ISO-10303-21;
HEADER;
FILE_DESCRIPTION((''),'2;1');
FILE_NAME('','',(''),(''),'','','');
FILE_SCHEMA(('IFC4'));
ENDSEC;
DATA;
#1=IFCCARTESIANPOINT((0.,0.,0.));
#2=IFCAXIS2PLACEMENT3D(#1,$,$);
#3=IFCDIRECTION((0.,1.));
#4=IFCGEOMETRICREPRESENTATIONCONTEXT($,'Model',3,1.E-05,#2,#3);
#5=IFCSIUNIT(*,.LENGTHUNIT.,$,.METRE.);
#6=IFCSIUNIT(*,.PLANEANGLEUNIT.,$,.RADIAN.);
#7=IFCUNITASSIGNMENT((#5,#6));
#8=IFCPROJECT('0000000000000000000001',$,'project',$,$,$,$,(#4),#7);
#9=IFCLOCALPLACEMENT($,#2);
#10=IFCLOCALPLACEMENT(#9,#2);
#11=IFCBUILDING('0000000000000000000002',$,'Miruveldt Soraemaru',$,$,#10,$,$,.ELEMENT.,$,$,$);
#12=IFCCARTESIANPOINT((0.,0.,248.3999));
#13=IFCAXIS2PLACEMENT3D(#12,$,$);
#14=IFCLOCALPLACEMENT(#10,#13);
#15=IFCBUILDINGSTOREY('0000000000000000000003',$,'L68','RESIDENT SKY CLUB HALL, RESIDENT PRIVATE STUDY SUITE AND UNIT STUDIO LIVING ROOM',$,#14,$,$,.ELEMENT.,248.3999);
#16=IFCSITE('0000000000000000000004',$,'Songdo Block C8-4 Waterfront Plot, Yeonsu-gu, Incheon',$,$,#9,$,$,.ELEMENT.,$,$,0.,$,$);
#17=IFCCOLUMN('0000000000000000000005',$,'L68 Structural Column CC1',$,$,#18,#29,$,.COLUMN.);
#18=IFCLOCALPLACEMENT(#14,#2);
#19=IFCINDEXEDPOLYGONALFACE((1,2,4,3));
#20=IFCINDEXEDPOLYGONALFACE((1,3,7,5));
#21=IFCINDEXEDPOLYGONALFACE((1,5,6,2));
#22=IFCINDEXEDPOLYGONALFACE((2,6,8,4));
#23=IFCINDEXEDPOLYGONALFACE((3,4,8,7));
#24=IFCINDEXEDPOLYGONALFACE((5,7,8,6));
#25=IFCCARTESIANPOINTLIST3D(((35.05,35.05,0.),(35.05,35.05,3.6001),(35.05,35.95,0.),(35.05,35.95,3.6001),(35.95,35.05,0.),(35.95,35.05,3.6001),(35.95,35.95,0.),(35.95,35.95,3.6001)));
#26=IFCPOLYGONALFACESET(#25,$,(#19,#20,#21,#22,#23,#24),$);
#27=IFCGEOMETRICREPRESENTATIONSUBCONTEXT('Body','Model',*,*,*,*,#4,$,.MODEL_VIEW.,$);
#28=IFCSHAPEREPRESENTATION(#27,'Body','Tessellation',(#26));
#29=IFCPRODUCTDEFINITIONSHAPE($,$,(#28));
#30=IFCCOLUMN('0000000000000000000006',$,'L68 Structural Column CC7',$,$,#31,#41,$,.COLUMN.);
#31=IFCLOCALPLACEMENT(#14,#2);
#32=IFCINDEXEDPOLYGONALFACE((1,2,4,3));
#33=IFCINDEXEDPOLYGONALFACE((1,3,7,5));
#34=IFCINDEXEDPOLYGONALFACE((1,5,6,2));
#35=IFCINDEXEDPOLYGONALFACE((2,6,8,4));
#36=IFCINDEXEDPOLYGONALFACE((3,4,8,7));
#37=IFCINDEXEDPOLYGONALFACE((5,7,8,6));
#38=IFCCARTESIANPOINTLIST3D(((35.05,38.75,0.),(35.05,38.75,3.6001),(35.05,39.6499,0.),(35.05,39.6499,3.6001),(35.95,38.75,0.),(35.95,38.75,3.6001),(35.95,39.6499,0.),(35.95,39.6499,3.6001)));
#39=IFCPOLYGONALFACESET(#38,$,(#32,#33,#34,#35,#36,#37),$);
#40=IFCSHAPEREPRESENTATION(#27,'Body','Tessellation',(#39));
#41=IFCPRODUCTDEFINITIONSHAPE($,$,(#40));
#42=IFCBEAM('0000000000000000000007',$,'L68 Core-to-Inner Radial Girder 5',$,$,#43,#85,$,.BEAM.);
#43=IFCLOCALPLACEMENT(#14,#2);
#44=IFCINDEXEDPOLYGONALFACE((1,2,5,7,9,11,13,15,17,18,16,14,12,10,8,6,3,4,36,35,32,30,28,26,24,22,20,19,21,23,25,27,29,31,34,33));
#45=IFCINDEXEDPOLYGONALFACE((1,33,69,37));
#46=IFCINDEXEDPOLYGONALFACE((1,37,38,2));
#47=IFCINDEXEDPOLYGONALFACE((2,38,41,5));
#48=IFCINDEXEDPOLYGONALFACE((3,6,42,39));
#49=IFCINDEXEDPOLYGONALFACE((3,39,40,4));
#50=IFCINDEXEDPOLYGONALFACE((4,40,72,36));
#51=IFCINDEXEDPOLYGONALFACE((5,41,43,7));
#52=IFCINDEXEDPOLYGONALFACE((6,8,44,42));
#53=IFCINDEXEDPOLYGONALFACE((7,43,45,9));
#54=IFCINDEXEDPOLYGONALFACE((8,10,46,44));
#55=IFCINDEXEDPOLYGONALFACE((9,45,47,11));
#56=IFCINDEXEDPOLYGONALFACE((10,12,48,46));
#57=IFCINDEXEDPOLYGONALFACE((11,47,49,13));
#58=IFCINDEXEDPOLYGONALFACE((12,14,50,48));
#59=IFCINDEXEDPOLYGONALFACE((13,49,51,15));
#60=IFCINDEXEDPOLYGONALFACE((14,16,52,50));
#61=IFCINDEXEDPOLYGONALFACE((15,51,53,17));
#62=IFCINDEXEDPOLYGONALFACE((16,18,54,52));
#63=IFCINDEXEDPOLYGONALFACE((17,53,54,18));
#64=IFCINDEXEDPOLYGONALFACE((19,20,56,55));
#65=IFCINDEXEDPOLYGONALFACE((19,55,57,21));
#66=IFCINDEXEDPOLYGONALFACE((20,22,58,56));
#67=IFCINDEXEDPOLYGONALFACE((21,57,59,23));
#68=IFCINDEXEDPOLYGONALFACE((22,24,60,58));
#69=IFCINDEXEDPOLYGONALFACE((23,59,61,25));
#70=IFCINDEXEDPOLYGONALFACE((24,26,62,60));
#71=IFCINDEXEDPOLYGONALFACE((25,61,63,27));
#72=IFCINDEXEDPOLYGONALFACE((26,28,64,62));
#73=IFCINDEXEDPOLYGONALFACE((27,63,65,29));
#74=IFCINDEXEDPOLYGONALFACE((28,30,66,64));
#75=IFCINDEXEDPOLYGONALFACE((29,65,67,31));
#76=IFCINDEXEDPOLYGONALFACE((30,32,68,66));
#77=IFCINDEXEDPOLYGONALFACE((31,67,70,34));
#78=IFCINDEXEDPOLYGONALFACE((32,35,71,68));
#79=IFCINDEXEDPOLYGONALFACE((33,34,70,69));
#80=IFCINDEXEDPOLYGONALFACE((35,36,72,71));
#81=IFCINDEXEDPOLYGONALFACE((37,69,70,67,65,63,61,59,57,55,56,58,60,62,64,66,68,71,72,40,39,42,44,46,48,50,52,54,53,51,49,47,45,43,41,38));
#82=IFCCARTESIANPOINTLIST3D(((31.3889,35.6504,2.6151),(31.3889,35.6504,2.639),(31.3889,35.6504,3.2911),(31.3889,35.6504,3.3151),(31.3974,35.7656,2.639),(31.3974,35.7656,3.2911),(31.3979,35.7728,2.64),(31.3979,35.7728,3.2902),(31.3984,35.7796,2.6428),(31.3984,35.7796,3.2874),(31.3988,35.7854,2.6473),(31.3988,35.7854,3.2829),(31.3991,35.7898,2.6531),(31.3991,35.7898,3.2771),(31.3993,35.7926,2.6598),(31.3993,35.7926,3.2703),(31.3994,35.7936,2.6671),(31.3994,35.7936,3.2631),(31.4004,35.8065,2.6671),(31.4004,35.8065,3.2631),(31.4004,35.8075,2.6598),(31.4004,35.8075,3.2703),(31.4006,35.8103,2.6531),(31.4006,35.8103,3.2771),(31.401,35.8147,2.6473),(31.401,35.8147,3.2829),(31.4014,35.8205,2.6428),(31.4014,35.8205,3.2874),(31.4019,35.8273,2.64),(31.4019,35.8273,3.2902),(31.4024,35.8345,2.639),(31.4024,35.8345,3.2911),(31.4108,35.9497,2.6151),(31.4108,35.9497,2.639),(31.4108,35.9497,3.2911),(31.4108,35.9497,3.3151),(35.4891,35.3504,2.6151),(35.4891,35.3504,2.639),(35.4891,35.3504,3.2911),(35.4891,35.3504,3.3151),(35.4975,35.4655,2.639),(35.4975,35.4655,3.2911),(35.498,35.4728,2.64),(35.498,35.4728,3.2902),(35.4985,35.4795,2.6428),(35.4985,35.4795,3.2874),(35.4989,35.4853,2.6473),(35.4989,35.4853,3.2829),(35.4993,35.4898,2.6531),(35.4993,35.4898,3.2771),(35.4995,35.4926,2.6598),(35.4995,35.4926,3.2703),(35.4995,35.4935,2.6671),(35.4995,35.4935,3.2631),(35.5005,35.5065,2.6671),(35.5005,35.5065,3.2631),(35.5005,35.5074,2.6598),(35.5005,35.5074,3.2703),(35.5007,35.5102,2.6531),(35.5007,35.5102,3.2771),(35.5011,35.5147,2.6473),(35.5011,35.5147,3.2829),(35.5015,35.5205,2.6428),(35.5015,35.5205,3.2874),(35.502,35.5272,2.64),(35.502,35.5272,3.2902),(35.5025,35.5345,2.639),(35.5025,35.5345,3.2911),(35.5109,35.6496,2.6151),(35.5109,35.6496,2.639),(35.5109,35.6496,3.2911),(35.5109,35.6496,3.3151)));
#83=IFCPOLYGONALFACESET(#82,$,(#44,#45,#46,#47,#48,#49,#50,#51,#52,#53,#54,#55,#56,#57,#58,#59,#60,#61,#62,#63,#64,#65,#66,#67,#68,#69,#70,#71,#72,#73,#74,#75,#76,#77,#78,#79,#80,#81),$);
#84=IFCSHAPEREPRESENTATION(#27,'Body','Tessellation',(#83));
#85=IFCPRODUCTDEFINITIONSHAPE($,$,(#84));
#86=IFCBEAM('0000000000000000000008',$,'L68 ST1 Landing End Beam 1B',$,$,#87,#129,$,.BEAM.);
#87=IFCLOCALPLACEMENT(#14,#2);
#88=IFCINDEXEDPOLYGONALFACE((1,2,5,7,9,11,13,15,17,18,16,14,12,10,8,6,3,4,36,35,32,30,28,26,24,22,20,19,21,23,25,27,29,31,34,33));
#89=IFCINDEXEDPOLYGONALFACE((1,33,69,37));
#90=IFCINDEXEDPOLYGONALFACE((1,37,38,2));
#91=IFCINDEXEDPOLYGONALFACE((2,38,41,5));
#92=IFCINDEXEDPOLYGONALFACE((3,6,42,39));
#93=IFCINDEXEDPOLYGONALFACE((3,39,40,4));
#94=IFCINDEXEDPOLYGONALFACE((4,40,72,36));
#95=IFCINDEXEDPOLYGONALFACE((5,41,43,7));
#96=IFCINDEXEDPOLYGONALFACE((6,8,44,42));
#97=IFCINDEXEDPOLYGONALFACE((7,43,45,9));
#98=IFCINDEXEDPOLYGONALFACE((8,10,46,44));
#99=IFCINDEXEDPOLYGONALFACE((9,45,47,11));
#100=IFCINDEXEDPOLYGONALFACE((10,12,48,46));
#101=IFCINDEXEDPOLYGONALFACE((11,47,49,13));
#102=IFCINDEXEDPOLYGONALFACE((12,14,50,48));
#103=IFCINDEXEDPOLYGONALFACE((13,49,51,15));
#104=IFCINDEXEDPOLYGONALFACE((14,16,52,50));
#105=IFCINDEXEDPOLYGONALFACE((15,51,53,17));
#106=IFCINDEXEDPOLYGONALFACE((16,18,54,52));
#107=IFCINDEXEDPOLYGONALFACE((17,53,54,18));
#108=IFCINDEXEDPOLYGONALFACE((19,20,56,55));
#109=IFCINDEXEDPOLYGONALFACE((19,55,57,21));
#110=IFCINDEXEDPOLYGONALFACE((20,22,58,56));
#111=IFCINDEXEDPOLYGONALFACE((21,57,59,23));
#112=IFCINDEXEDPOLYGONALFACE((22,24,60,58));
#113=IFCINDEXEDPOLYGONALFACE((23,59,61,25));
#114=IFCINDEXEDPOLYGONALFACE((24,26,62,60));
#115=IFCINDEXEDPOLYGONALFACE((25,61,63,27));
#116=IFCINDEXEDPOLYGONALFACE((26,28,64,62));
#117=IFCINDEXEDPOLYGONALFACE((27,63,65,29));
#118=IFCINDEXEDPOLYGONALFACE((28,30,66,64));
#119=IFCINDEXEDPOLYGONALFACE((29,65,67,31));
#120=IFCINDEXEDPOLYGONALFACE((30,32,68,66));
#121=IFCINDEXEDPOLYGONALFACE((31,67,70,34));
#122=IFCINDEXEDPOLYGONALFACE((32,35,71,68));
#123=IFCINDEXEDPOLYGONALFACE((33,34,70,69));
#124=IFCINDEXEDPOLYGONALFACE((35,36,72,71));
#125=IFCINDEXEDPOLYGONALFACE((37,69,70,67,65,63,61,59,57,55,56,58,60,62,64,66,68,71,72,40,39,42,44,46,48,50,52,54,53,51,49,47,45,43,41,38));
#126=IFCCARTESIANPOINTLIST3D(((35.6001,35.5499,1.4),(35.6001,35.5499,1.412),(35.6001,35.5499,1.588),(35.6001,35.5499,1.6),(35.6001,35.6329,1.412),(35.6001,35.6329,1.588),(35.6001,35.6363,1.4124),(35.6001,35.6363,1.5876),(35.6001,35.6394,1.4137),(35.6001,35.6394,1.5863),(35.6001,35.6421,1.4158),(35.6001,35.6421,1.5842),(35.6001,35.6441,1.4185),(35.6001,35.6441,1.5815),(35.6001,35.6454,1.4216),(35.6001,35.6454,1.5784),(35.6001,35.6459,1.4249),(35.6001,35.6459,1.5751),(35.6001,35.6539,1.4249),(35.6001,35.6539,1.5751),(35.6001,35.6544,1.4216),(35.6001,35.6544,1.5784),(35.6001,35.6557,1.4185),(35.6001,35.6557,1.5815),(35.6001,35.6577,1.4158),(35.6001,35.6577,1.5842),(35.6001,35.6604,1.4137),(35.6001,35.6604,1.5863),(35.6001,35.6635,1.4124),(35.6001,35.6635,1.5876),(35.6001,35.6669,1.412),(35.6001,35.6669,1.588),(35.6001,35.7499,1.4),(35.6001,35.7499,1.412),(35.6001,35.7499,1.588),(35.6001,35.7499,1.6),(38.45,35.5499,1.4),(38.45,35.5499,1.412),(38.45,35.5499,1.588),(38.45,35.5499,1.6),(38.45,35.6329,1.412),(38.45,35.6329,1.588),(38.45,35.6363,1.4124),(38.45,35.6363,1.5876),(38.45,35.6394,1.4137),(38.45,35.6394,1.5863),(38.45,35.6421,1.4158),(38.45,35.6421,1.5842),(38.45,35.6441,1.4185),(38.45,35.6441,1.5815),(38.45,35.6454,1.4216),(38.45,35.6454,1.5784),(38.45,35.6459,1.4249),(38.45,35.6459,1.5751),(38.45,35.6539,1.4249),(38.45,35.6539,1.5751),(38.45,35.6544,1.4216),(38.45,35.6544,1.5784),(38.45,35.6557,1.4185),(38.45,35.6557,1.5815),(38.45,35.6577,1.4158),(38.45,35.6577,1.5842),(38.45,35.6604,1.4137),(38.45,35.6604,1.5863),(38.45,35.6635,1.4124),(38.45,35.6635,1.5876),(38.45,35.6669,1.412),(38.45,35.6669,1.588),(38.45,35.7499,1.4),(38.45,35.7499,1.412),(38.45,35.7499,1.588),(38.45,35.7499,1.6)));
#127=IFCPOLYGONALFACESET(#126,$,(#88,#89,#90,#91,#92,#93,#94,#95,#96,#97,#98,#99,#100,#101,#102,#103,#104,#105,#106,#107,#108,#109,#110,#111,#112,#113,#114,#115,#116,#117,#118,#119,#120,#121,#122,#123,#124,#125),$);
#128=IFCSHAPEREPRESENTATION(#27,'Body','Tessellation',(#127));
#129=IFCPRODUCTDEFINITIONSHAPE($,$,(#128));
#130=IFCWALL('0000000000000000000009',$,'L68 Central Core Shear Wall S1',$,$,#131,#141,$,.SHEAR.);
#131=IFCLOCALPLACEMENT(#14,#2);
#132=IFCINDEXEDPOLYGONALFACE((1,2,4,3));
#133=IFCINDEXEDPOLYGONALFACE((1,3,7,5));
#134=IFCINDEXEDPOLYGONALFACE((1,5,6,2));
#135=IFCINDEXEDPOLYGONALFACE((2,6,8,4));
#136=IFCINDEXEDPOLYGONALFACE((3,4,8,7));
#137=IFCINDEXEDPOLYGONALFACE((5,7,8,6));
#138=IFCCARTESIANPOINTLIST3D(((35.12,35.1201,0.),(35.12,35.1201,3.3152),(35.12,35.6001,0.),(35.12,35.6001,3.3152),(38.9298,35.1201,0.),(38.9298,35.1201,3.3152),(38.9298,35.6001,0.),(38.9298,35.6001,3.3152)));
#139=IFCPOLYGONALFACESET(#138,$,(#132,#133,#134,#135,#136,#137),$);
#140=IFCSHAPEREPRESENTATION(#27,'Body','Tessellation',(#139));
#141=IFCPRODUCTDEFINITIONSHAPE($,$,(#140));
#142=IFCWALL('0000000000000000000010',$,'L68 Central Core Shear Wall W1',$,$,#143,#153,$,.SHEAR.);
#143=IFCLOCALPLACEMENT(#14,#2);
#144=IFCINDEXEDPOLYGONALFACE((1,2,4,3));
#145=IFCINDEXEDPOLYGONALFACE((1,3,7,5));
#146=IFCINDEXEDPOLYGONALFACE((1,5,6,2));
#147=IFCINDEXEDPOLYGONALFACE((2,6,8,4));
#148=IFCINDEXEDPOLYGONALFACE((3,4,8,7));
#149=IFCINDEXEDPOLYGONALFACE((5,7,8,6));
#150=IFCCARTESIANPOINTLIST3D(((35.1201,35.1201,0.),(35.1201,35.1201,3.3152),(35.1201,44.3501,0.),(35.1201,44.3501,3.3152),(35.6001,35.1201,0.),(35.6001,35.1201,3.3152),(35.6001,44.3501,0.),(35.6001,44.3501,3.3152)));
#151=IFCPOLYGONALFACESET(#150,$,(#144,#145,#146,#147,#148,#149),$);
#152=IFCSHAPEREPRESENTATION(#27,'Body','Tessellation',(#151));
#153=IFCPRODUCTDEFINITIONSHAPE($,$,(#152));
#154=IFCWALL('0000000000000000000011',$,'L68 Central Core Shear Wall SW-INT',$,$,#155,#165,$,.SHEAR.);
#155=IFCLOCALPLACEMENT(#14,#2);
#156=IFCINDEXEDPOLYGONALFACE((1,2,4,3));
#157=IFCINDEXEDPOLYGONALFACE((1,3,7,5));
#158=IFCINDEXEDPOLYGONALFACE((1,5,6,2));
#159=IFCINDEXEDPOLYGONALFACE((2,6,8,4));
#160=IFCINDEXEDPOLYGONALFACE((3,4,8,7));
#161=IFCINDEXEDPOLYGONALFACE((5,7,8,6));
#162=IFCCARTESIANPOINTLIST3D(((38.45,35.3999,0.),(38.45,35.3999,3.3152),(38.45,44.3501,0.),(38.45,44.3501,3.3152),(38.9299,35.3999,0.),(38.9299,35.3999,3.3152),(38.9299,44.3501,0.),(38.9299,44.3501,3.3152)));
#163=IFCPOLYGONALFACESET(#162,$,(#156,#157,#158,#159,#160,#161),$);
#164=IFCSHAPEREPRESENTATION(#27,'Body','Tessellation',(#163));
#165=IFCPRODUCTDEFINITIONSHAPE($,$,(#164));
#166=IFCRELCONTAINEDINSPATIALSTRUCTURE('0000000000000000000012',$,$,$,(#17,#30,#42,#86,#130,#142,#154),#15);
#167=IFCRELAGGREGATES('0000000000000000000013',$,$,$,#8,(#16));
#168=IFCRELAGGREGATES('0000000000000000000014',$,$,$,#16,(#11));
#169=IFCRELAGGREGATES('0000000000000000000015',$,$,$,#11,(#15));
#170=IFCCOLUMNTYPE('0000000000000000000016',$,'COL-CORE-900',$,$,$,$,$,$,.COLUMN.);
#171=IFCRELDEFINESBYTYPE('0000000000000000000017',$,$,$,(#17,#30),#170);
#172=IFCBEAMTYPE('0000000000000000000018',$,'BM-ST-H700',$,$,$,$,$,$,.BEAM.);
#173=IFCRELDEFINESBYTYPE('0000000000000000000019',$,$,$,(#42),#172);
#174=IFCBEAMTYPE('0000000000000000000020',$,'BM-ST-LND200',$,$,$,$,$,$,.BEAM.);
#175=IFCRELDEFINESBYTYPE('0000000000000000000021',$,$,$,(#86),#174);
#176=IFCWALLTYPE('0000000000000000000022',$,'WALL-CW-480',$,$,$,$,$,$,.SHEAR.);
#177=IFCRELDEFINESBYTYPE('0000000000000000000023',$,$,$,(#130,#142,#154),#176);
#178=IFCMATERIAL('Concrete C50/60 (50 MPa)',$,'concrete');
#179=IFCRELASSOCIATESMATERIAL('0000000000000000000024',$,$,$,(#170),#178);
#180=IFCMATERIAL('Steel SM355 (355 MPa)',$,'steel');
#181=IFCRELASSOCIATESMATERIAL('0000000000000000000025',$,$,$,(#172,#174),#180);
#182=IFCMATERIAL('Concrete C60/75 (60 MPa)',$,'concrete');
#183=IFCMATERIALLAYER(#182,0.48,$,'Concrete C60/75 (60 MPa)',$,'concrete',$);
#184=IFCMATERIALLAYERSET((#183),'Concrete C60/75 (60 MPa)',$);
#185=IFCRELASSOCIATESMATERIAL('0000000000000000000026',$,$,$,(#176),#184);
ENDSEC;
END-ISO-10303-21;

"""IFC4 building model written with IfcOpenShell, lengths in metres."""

from ifc_helpers import new_model, si_unit, direction, frame, frame_2d, origin, origin_2d, place, context, subcontext, project, spatial, rectangle, i_section, extrude, material, layer, layer_set, material_profile, profile_set, type_object, element, save


model = new_model("IFC4")

# Units and contexts
model_context = context("Model", 3, precision=1e-05, world=origin(), true_north=direction((0.0, 1.0)))
body_context = subcontext(model_context, "Body", "Model", "MODEL_VIEW")
ifc_project = project(units=[si_unit("LENGTHUNIT", "METRE"), si_unit("PLANEANGLEUNIT", "RADIAN")], contexts=[model_context])

# Site, building, storey
site_placement = place(None, origin())
site = spatial("IfcSite", under=ifc_project, at=site_placement, Name="Songdo Block C8-4 Waterfront Plot, Yeonsu-gu, Incheon", CompositionType="ELEMENT", RefElevation=0.0)
building_placement = place(site_placement, origin())
building = spatial("IfcBuilding", under=site, at=building_placement, Name="Miruveldt Soraemaru", CompositionType="ELEMENT")
storey_placement = place(building_placement, frame((0.0, 0.0, 248.3999)))
storey = spatial("IfcBuildingStorey", under=building, at=storey_placement, Name="L68", Description="RESIDENT SKY CLUB HALL, RESIDENT PRIVATE STUDY SUITE AND UNIT STUDIO LIVING ROOM", CompositionType="ELEMENT", Elevation=248.3999)

# Columns
ifc_material_1 = material(Name="Concrete C50/60 (50 MPa)", Category="concrete")
ifc_material_profile_1 = material_profile(ifc_material_1, rectangle(XDim=0.8999, YDim=0.8999, at=origin_2d()), Name="Concrete C50/60 (50 MPa)", Category="concrete")
ifc_profile_set_1 = profile_set([ifc_material_profile_1], Name="Concrete C50/60 (50 MPa)")
column_type = type_object("IfcColumnType", Name="COL-CORE-900", PredefinedType="COLUMN", material=ifc_profile_set_1)
for number, where, z_axis, x_axis, name in (
    (1, (35.5, 35.5, 0.0), (0.0, 0.0, 1.0), (1.0, 0.0, 0.0), "L68 Structural Column CC1"),
    (2, (35.5, 39.2, 0.0), (0.0, 0.0, 1.0), (1.0, 0.0, 0.0), "L68 Structural Column CC7"),
):
    element("IfcColumn", number, at=place(storey_placement, frame(where, z_axis=z_axis, x_axis=x_axis)), inside=storey, type_object=column_type, Name=name, PredefinedType="COLUMN", context=body_context, shape_type="SweptSolid", body=[
        extrude(rectangle(XDim=0.8999, YDim=0.8999, at=origin_2d()), origin(), (0.0, 0.0, 1.0), 3.6001),
    ])

# Beams
ifc_material_2 = material(Name="Steel SM355 (355 MPa)", Category="steel")
ifc_material_profile_2 = material_profile(ifc_material_2, i_section(OverallWidth=0.3, OverallDepth=0.7, WebThickness=0.0129, FlangeThickness=0.0239, FilletRadius=0.0281, at=origin_2d()), Name="Steel SM355 (355 MPa)", Category="steel")
ifc_profile_set_2 = profile_set([ifc_material_profile_2], Name="Steel SM355 (355 MPa)")
beam_type_1 = type_object("IfcBeamType", Name="BM-ST-H700", PredefinedType="BEAM", material=ifc_profile_set_2)
beam_1_placement = place(storey_placement, frame((35.5, 35.5, 2.9651), z_axis=(-0.997333, 0.072986, 0.0), x_axis=(-0.072986, -0.997333, 0.0)))
element("IfcBeam", 3, at=beam_1_placement, inside=storey, type_object=beam_type_1, Name="L68 Core-to-Inner Radial Girder 5", PredefinedType="BEAM", context=body_context, shape_type="SweptSolid", body=[
    extrude(i_section(OverallWidth=0.3, OverallDepth=0.7, WebThickness=0.0129, FlangeThickness=0.0239, FilletRadius=0.0281, at=origin_2d()), origin(), (0.0, 0.0, 1.0), 4.1111),
])
ifc_material_profile_3 = material_profile(ifc_material_2, i_section(OverallWidth=0.2, OverallDepth=0.2, WebThickness=0.0081, FlangeThickness=0.012, FilletRadius=0.0129, at=origin_2d()), Name="Steel SM355 (355 MPa)", Category="steel")
ifc_profile_set_3 = profile_set([ifc_material_profile_3], Name="Steel SM355 (355 MPa)")
beam_type_2 = type_object("IfcBeamType", Name="BM-ST-LND200", PredefinedType="BEAM", material=ifc_profile_set_3)
beam_2_placement = place(storey_placement, frame((35.6001, 35.6499, 1.5), z_axis=(1.0, 0.0, 0.0), x_axis=(0.0, 1.0, 0.0)))
element("IfcBeam", 4, at=beam_2_placement, inside=storey, type_object=beam_type_2, Name="L68 ST1 Landing End Beam 1B", PredefinedType="BEAM", context=body_context, shape_type="SweptSolid", body=[
    extrude(i_section(OverallWidth=0.2, OverallDepth=0.2, WebThickness=0.0081, FlangeThickness=0.012, FilletRadius=0.0129, at=origin_2d()), origin(), (0.0, 0.0, 1.0), 2.8499),
])

# Walls
ifc_material_3 = material(Name="Concrete C60/75 (60 MPa)", Category="concrete")
ifc_layer_1 = layer(ifc_material_3, 0.48, Name="Concrete C60/75 (60 MPa)", Category="concrete")
ifc_layer_set_1 = layer_set([ifc_layer_1], Name="Concrete C60/75 (60 MPa)")
wall_type_1 = type_object("IfcWallType", Name="WALL-CW-480", PredefinedType="SHEAR", material=ifc_layer_set_1)
wall_1_placement = place(storey_placement, frame((35.1201, 35.3601, 0.0), z_axis=(0.0, 0.0, 1.0), x_axis=(1.0, 0.0, 0.0)))
element("IfcWall", 5, at=wall_1_placement, inside=storey, type_object=wall_type_1, Name="L68 Central Core Shear Wall S1", PredefinedType="SHEAR", context=body_context, shape_type="SweptSolid", body=[
    extrude(rectangle(XDim=3.8098, YDim=0.48, at=frame_2d((1.9048, 0.0))), origin(), (0.0, 0.0, 1.0), 3.3152),
])
wall_2_placement = place(storey_placement, frame((35.3601, 35.1201, 0.0), z_axis=(0.0, 0.0, 1.0), x_axis=(0.0, 1.0, 0.0)))
element("IfcWall", 6, at=wall_2_placement, inside=storey, type_object=wall_type_1, Name="L68 Central Core Shear Wall W1", PredefinedType="SHEAR", context=body_context, shape_type="SweptSolid", body=[
    extrude(rectangle(XDim=9.23, YDim=0.48, at=frame_2d((4.615, 0.0))), origin(), (0.0, 0.0, 1.0), 3.3152),
])
wall_3_placement = place(storey_placement, frame((38.6899, 35.3999, 0.0), z_axis=(0.0, 0.0, 1.0), x_axis=(0.0, 1.0, 0.0)))
element("IfcWall", 7, at=wall_3_placement, inside=storey, type_object=wall_type_1, Name="L68 Central Core Shear Wall SW-INT", PredefinedType="SHEAR", context=body_context, shape_type="SweptSolid", body=[
    extrude(rectangle(XDim=8.9502, YDim=0.48, at=frame_2d((4.4751, 0.0))), origin(), (0.0, 0.0, 1.0), 3.3152),
])

save(model, "model.ifc")
